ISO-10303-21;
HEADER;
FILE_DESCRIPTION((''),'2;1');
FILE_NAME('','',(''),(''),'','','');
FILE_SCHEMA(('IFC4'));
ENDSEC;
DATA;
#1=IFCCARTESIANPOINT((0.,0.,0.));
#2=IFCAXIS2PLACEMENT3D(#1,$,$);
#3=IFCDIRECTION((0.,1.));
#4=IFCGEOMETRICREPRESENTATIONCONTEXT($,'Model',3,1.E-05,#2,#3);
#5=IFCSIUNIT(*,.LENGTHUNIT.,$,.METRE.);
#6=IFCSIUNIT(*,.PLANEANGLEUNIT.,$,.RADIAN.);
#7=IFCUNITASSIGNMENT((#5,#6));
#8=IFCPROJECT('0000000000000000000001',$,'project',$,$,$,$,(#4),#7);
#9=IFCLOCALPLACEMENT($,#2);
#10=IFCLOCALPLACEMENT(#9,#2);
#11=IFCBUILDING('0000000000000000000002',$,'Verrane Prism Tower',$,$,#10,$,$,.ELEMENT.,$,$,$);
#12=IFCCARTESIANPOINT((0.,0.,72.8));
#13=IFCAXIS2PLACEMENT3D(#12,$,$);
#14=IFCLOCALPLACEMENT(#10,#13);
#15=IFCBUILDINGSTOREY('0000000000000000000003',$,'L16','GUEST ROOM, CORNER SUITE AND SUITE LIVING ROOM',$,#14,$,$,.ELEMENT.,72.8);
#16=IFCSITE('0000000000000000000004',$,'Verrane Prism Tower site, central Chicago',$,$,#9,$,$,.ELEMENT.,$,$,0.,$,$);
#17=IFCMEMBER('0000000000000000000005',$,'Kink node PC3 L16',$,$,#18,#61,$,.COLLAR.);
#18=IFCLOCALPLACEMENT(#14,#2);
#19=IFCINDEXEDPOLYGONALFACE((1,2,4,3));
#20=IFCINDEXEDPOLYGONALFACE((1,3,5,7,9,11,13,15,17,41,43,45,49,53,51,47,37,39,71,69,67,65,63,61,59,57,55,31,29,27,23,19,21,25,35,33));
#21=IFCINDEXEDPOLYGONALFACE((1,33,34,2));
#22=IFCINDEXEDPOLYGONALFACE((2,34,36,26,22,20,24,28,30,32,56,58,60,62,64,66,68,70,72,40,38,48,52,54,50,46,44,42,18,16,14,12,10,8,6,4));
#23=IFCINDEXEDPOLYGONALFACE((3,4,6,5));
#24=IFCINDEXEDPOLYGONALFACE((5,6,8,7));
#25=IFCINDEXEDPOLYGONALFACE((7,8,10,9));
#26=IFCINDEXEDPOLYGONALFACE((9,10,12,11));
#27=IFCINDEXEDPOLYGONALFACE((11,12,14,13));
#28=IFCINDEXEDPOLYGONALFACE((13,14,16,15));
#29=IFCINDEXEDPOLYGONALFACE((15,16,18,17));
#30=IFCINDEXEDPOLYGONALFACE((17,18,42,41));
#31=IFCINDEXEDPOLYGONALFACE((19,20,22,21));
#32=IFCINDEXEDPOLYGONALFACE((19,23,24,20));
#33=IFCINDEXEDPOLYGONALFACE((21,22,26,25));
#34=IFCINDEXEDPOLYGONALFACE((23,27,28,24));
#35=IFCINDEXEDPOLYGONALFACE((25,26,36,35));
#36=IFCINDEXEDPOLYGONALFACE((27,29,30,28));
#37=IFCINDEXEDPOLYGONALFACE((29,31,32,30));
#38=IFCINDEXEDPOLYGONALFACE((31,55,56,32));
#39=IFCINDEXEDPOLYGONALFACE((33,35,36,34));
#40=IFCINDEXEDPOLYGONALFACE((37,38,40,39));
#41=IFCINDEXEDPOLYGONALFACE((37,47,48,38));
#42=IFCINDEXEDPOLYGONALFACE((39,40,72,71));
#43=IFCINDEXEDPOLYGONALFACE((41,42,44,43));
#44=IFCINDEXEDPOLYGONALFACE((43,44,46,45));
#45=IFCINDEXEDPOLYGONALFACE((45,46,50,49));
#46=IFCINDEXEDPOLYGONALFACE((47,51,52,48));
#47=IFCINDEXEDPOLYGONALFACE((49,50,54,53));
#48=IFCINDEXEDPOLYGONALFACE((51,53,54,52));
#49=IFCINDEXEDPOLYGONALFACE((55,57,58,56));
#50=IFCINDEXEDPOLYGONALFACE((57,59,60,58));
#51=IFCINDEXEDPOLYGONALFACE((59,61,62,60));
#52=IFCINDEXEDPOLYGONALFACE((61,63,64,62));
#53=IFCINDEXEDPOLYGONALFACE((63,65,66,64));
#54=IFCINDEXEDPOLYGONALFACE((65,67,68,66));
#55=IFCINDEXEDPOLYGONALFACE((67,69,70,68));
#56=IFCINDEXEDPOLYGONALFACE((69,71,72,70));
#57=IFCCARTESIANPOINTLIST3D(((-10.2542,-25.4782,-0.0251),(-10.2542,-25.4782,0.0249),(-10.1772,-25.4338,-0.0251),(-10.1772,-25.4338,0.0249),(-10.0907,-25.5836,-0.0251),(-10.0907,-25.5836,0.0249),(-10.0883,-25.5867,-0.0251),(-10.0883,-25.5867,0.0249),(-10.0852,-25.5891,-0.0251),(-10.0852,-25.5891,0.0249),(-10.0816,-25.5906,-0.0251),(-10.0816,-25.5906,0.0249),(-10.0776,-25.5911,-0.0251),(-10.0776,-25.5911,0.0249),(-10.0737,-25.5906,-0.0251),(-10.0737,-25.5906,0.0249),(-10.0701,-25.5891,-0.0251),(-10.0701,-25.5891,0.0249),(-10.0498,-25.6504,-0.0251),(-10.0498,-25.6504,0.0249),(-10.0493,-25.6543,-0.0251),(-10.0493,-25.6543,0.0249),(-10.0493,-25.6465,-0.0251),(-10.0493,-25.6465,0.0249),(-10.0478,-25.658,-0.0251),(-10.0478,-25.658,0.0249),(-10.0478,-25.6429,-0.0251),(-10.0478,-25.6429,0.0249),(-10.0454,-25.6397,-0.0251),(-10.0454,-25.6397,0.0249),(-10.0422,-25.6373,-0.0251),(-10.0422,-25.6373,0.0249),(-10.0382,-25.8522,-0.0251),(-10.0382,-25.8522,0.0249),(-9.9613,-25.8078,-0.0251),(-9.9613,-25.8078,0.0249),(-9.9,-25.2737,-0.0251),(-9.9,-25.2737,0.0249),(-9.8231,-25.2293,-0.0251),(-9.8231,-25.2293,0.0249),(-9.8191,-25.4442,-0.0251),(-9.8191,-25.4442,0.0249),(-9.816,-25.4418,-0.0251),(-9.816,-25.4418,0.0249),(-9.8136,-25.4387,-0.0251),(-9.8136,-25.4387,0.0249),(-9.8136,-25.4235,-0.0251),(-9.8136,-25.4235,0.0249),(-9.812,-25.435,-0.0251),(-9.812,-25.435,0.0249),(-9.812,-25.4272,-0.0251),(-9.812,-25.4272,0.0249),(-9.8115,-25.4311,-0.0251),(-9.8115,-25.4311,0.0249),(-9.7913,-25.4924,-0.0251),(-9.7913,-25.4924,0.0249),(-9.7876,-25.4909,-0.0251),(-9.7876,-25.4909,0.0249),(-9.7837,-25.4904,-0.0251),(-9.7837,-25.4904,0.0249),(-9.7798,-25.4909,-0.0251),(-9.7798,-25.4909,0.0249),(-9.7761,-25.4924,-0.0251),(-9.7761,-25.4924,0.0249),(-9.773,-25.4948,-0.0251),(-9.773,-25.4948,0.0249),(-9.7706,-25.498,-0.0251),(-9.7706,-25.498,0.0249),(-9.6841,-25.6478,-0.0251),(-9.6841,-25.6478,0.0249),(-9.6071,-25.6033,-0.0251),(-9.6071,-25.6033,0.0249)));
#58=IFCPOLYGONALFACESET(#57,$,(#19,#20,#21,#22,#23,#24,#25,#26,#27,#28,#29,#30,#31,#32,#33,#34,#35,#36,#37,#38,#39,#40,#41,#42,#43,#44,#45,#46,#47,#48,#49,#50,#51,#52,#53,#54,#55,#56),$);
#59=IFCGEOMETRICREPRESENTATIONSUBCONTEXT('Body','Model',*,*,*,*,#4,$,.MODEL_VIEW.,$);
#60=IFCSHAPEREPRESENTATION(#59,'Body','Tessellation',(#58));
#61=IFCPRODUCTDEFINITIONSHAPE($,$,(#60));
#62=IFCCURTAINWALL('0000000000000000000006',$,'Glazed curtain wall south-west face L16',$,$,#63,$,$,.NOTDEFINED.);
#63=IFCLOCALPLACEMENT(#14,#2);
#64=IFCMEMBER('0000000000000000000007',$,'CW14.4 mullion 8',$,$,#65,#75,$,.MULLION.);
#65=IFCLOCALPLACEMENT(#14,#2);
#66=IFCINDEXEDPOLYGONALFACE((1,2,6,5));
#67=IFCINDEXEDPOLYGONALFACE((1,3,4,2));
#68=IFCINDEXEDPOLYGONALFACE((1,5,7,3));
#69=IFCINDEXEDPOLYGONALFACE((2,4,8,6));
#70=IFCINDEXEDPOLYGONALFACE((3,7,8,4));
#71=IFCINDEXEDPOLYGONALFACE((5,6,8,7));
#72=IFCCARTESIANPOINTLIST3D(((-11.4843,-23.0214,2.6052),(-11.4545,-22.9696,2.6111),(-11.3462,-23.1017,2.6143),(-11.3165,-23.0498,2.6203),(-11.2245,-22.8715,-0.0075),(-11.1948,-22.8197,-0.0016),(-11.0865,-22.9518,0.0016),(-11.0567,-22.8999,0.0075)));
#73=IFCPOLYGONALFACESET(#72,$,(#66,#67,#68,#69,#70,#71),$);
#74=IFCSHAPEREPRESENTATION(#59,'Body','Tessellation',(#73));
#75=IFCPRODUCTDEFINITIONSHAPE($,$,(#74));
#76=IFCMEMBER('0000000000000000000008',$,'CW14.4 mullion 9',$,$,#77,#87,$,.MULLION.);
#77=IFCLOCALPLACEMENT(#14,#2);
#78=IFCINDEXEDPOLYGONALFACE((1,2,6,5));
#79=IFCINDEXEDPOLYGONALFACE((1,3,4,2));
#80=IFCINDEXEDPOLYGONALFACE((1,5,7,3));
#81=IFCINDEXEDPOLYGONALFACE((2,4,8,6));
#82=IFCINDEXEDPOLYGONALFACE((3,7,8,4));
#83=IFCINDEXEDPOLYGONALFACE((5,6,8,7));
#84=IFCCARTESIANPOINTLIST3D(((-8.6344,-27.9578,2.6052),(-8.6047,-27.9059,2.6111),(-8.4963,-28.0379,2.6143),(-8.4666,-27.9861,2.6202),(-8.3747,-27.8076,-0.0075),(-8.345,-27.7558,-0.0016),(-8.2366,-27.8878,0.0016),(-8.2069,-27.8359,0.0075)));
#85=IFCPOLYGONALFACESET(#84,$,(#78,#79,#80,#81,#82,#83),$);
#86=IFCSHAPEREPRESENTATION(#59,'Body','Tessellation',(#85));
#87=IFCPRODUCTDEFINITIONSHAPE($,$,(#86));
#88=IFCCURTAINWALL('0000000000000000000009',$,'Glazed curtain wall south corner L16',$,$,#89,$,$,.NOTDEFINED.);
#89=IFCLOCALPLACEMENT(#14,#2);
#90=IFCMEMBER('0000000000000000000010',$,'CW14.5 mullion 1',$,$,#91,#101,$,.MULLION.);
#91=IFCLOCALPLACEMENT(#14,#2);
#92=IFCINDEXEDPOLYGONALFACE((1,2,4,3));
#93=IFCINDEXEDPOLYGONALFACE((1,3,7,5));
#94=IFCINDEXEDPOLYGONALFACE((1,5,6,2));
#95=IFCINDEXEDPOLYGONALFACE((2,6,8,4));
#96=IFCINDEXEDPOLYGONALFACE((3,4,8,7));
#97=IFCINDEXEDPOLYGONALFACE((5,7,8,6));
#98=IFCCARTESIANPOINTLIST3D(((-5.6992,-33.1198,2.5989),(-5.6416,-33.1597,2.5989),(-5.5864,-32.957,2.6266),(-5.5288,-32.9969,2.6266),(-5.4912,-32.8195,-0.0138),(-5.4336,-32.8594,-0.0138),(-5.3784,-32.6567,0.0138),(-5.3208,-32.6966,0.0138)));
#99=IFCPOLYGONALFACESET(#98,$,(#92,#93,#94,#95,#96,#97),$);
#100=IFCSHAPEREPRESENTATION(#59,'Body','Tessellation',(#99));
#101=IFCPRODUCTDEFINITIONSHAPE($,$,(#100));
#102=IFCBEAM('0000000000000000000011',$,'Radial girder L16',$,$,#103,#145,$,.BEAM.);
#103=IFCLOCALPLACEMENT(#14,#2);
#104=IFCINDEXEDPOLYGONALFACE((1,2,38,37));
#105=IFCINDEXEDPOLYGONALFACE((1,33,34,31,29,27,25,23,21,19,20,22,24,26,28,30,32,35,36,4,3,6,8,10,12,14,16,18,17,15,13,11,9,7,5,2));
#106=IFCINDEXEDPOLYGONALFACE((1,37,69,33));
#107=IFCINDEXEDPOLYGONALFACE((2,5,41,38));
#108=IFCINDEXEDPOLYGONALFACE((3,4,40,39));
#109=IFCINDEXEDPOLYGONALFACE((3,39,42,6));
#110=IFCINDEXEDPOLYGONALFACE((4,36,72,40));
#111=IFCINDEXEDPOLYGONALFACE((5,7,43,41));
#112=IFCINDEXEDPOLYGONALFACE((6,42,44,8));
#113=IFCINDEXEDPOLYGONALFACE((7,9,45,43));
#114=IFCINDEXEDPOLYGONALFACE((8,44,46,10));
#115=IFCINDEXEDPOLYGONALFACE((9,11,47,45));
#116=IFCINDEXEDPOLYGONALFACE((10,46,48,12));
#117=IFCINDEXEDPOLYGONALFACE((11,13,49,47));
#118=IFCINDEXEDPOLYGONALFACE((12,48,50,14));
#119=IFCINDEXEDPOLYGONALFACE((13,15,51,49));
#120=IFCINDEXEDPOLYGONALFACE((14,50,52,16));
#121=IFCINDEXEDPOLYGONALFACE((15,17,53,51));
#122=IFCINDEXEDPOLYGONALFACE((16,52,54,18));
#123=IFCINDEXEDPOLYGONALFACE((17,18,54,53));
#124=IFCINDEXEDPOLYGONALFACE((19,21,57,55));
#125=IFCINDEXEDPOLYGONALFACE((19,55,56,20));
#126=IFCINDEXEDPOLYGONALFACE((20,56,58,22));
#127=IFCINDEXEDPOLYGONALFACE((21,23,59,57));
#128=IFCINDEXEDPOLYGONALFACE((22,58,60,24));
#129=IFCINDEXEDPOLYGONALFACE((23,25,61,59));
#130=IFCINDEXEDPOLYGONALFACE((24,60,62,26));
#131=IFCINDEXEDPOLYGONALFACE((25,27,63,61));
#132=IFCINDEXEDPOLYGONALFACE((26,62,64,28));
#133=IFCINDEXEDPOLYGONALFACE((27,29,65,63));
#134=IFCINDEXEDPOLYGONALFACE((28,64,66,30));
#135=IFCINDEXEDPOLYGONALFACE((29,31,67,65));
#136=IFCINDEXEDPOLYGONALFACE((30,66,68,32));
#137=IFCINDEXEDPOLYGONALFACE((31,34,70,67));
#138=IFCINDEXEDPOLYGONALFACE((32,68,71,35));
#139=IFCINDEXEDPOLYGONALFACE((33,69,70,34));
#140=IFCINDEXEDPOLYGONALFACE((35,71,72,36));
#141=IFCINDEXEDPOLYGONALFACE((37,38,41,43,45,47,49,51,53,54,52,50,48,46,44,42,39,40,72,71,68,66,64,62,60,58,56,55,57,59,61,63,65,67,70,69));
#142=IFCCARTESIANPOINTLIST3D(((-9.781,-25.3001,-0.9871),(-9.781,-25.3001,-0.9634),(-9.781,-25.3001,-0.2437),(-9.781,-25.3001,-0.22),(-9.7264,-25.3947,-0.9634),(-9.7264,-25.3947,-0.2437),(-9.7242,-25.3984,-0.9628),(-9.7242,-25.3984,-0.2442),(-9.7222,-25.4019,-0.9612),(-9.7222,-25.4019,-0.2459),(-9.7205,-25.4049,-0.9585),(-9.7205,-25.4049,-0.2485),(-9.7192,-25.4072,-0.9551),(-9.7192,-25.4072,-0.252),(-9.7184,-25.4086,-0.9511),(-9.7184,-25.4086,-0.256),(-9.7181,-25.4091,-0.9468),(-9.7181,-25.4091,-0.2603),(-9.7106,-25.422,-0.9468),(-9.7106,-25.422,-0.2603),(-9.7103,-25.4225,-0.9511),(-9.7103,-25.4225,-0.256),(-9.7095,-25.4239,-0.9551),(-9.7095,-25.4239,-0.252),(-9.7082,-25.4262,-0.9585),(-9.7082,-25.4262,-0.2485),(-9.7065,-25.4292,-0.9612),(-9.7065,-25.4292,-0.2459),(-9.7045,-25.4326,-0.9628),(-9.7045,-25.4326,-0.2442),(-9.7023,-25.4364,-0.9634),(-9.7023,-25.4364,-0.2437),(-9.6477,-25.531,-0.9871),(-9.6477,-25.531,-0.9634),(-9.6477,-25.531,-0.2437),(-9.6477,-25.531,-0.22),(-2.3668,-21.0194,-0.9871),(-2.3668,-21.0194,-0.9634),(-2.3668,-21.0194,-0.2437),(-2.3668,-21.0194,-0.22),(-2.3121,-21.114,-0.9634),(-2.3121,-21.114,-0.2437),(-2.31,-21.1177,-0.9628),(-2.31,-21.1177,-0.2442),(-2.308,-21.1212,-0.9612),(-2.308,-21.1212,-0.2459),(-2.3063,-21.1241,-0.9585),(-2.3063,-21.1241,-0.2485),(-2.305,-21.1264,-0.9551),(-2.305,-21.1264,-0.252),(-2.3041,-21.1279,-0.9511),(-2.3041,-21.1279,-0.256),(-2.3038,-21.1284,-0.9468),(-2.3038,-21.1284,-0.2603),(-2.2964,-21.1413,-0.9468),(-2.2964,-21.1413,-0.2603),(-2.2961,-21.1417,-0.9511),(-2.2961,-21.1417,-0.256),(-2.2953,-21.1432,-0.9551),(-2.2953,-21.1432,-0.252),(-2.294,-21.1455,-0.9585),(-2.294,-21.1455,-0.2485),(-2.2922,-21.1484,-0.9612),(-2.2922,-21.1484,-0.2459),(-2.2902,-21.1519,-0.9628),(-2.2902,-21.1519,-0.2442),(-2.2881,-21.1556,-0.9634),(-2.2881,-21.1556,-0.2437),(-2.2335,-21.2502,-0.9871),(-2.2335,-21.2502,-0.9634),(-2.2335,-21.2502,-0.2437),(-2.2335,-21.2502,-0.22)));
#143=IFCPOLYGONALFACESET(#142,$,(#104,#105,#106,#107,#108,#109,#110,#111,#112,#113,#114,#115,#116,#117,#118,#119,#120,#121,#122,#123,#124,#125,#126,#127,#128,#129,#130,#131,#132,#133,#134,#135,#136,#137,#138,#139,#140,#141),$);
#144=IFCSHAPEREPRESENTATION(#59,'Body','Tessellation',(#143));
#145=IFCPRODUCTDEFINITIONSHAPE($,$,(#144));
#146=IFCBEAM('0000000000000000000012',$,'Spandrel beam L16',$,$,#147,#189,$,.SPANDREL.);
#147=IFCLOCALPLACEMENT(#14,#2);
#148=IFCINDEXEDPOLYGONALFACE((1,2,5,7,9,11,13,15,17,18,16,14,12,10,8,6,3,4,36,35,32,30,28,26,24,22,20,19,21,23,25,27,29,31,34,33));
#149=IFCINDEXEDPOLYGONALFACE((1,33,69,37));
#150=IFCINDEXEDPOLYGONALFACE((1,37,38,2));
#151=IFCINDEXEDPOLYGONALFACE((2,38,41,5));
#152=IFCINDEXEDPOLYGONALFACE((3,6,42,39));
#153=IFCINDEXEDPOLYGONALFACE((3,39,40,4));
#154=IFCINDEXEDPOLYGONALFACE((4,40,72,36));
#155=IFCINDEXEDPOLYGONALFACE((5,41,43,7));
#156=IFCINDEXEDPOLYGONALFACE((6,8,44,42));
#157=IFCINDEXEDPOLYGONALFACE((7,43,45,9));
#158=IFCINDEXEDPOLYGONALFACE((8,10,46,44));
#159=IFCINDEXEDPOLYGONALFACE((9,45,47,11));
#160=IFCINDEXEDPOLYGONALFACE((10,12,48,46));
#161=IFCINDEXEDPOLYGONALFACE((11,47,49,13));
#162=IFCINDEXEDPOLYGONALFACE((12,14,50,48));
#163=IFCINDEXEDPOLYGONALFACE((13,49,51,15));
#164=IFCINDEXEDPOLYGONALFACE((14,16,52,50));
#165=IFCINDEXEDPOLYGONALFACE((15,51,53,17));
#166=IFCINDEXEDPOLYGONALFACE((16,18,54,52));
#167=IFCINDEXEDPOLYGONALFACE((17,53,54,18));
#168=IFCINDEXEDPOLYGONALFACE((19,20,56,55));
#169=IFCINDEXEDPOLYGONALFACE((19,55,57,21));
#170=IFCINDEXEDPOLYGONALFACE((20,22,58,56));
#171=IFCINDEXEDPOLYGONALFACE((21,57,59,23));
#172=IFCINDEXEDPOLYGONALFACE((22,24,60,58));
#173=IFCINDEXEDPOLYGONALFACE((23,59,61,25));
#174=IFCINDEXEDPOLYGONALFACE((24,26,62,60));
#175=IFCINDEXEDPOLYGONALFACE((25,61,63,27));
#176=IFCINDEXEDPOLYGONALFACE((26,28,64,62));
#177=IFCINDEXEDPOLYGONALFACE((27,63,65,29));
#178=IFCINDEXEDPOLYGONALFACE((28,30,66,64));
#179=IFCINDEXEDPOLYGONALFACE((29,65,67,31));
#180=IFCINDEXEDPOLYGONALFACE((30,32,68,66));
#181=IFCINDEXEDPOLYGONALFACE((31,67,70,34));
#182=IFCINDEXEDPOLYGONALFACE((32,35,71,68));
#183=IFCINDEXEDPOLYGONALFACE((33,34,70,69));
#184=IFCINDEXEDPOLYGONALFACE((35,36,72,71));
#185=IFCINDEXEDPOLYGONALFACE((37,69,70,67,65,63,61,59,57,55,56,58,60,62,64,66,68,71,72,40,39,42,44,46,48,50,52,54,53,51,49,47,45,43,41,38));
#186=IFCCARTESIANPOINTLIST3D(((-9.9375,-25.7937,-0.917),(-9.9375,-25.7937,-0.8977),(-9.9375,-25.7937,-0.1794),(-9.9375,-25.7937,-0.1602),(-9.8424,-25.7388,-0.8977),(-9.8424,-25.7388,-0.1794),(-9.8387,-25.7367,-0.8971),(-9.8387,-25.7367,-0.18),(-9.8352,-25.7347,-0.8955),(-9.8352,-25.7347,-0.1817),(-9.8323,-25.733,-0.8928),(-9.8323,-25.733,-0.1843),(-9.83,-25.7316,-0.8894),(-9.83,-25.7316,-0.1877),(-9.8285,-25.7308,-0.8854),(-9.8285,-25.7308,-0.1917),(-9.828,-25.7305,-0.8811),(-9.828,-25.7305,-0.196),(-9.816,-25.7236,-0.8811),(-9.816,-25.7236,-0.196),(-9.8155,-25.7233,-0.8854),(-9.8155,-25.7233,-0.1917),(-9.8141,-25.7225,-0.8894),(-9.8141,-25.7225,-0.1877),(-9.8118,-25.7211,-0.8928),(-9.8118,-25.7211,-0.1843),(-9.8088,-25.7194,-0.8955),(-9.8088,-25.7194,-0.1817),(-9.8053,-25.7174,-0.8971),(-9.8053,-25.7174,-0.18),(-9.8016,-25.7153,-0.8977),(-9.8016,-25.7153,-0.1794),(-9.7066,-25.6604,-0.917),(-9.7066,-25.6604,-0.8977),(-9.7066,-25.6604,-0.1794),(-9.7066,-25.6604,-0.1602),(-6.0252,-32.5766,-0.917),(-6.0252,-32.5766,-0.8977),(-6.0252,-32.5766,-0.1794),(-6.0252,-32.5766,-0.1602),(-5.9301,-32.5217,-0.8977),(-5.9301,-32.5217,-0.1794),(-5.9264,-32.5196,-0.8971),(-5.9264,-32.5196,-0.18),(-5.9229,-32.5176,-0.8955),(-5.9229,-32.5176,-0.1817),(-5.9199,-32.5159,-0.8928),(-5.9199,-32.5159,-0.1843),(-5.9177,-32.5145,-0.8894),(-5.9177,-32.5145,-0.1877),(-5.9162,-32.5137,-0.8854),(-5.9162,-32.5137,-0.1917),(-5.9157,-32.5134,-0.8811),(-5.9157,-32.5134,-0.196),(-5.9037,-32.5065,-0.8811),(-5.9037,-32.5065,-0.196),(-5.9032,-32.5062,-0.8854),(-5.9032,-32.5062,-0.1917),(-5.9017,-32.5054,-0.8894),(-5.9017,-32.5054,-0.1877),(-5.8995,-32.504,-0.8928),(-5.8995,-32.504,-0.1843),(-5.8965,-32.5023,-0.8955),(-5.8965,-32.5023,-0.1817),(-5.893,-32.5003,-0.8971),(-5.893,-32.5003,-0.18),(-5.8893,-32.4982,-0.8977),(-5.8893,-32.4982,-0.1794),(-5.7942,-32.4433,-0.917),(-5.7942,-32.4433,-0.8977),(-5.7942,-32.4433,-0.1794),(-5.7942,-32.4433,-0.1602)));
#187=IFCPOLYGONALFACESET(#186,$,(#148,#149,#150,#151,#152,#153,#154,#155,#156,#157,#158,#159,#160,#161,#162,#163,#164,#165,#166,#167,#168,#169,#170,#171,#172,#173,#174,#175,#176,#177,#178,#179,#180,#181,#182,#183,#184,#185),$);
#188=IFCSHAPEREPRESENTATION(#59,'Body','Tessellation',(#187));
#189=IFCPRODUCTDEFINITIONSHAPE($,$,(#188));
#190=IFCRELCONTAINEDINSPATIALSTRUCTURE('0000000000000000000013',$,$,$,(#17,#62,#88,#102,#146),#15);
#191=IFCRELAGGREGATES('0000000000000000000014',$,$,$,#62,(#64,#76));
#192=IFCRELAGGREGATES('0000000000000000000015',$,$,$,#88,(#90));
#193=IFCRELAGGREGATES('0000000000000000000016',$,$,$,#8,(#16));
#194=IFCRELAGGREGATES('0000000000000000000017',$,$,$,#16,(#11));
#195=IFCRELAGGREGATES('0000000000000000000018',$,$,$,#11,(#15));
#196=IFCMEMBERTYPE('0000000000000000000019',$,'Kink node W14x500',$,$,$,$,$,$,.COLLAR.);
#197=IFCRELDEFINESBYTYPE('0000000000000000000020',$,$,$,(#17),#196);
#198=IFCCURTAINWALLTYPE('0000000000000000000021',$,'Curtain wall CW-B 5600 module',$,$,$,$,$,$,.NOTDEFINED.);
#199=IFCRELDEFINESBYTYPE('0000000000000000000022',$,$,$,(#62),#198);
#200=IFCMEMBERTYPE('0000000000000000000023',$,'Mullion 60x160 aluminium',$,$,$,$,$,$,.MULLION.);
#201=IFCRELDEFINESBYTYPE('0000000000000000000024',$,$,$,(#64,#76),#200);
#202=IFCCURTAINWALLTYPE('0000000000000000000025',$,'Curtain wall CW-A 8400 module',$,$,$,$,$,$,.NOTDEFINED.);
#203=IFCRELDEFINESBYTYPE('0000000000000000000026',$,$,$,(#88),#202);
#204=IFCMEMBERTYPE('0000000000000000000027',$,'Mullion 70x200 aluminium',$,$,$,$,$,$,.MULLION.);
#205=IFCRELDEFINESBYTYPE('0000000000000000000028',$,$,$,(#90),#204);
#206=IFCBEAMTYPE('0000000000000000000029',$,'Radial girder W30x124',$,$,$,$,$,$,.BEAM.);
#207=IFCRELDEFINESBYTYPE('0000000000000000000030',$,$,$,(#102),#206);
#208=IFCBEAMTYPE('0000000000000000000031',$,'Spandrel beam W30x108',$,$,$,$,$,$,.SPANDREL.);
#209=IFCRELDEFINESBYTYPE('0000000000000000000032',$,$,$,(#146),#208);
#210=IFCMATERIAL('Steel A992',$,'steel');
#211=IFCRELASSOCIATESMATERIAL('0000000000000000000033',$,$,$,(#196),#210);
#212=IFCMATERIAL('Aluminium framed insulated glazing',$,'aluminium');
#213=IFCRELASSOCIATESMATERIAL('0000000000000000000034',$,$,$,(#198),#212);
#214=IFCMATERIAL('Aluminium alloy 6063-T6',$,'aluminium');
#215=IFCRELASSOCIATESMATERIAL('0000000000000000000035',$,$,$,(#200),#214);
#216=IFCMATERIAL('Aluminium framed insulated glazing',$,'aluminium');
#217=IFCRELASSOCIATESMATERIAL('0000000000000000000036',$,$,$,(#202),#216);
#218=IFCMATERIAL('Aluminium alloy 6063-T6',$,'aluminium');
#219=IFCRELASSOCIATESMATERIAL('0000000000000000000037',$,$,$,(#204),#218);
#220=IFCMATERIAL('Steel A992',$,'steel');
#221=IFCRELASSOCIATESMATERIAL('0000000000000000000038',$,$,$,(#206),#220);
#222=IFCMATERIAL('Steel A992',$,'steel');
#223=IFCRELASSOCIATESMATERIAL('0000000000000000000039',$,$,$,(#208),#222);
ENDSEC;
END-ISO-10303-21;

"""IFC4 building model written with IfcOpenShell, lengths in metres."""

from ifc_helpers import new_model, si_unit, direction, frame, origin, origin_2d, place, context, subcontext, project, spatial, rectangle, i_section, extrude, material, material_profile, profile_set, type_object, element, aggregate, save


model = new_model("IFC4")

# Units and contexts
model_context = context("Model", 3, precision=1e-05, world=origin(), true_north=direction((0.0, 1.0)))
body_context = subcontext(model_context, "Body", "Model", "MODEL_VIEW")
ifc_project = project(units=[si_unit("LENGTHUNIT", "METRE"), si_unit("PLANEANGLEUNIT", "RADIAN")], contexts=[model_context])

# Site, building, storey
site_placement = place(None, origin())
site = spatial("IfcSite", under=ifc_project, at=site_placement, Name="Verrane Prism Tower site, central Chicago", CompositionType="ELEMENT", RefElevation=0.0)
building_placement = place(site_placement, origin())
building = spatial("IfcBuilding", under=site, at=building_placement, Name="Verrane Prism Tower", CompositionType="ELEMENT")
storey_placement = place(building_placement, frame((0.0, 0.0, 72.8)))
storey = spatial("IfcBuildingStorey", under=building, at=storey_placement, Name="L16", Description="GUEST ROOM, CORNER SUITE AND SUITE LIVING ROOM", CompositionType="ELEMENT", Elevation=72.8)

# Member
ifc_material_1 = material(Name="Steel A992", Category="steel")
ifc_material_profile_1 = material_profile(ifc_material_1, i_section(OverallWidth=0.4319, OverallDepth=0.4978, WebThickness=0.0557, FlangeThickness=0.0889, FilletRadius=0.0151, at=origin_2d()), Name="W14x500")
ifc_profile_set_1 = profile_set([ifc_material_profile_1], Name="Steel A992")
member_type_1 = type_object("IfcMemberType", Name="Kink node W14x500", PredefinedType="COLLAR", material=ifc_profile_set_1)
member_1_placement = place(storey_placement, frame((-9.9307, -25.5408, -0.0251), z_axis=(0.0, 0.0, 1.0), x_axis=(-0.5, 0.866025, 0.0)))
element("IfcMember", 1, at=member_1_placement, inside=storey, type_object=member_type_1, Name="Kink node PC3 L16", PredefinedType="COLLAR", context=body_context, shape_type="SweptSolid", body=[
    extrude(i_section(OverallWidth=0.4319, OverallDepth=0.4978, WebThickness=0.0557, FlangeThickness=0.0889, FilletRadius=0.0151, at=origin_2d()), origin(), (0.0, 0.0, 1.0), 0.05),
])

# Curtain wall, members
ifc_material_2 = material(Name="Aluminium framed insulated glazing", Category="aluminium")
curtain_wall_type_1 = type_object("IfcCurtainWallType", Name="Curtain wall CW-B 5600 module", PredefinedType="NOTDEFINED", material=ifc_material_2)
curtain_wall_1_placement = place(storey_placement, origin())
curtain_wall_1 = element("IfcCurtainWall", 2, at=curtain_wall_1_placement, inside=storey, type_object=curtain_wall_type_1, Name="Glazed curtain wall south-west face L16", PredefinedType="NOTDEFINED")
ifc_material_3 = material(Name="Aluminium alloy 6063-T6", Category="aluminium")
ifc_material_profile_2 = material_profile(ifc_material_3, rectangle(XDim=0.1599, YDim=0.0601, at=origin_2d()), Name="Mullion 60x160 aluminium")
ifc_profile_set_2 = profile_set([ifc_material_profile_2], Name="Aluminium alloy 6063-T6")
member_type_2 = type_object("IfcMemberType", Name="Mullion 60x160 aluminium", PredefinedType="MULLION", material=ifc_profile_set_2)
member_2_placement = place(storey_placement, frame((-11.1406, -22.8857, 0.0), z_axis=(-0.098772, -0.056998, 0.993476), x_axis=(0.863094, -0.501814, 0.057019)))
member_2 = element("IfcMember", 3, at=member_2_placement, type_object=member_type_2, Name="CW14.4 mullion 8", PredefinedType="MULLION", context=body_context, shape_type="SweptSolid", body=[
    extrude(rectangle(XDim=0.1599, YDim=0.0601, at=origin_2d()), origin(), (0.0, 0.0, 1.0), 2.6299),
])
member_3_placement = place(storey_placement, frame((-8.2908, -27.8218, 0.0), z_axis=(-0.098772, -0.057091, 0.993471), x_axis=(0.863446, -0.501207, 0.057042)))
member_3 = element("IfcMember", 4, at=member_3_placement, type_object=member_type_2, Name="CW14.4 mullion 9", PredefinedType="MULLION", context=body_context, shape_type="SweptSolid", body=[
    extrude(rectangle(XDim=0.1599, YDim=0.0601, at=origin_2d()), origin(), (0.0, 0.0, 1.0), 2.6299),
])

# Curtain wall, member
ifc_material_4 = material(Name="Aluminium framed insulated glazing", Category="aluminium")
curtain_wall_type_2 = type_object("IfcCurtainWallType", Name="Curtain wall CW-A 8400 module", PredefinedType="NOTDEFINED", material=ifc_material_4)
curtain_wall_2_placement = place(storey_placement, origin())
curtain_wall_2 = element("IfcCurtainWall", 5, at=curtain_wall_2_placement, inside=storey, type_object=curtain_wall_type_2, Name="Glazed curtain wall south corner L16", PredefinedType="NOTDEFINED")
ifc_material_5 = material(Name="Aluminium alloy 6063-T6", Category="aluminium")
ifc_material_profile_3 = material_profile(ifc_material_5, rectangle(XDim=0.2, YDim=0.0701, at=origin_2d()), Name="Mullion 70x200 aluminium")
ifc_profile_set_3 = profile_set([ifc_material_profile_3], Name="Aluminium alloy 6063-T6")
member_type_3 = type_object("IfcMemberType", Name="Mullion 70x200 aluminium", PredefinedType="MULLION", material=ifc_profile_set_3)
member_4_placement = place(storey_placement, frame((-5.406, -32.7581, 0.0), z_axis=(-0.078844, -0.113825, 0.990367), x_axis=(0.563933, 0.814129, 0.138465)))
member_4 = element("IfcMember", 6, at=member_4_placement, type_object=member_type_3, Name="CW14.5 mullion 1", PredefinedType="MULLION", context=body_context, shape_type="SweptSolid", body=[
    extrude(rectangle(XDim=0.2, YDim=0.0701, at=origin_2d()), origin(), (0.0, 0.0, 1.0), 2.6382),
])

# Beams
ifc_material_6 = material(Name="Steel A992", Category="steel")
ifc_material_profile_4 = material_profile(ifc_material_6, i_section(OverallWidth=0.2666, OverallDepth=0.7671, WebThickness=0.0149, FlangeThickness=0.0237, FilletRadius=0.0166, at=origin_2d()), Name="W30x124")
ifc_profile_set_4 = profile_set([ifc_material_profile_4], Name="Steel A992")
beam_type_1 = type_object("IfcBeamType", Name="Radial girder W30x124", PredefinedType="BEAM", material=ifc_profile_set_4)
beam_1_placement = place(storey_placement, frame((-9.7144, -25.4155, -0.6035), z_axis=(0.86602, 0.50001, 0.0), x_axis=(-0.50001, 0.86602, 0.0)))
element("IfcBeam", 7, at=beam_1_placement, inside=storey, type_object=beam_type_1, Name="Radial girder L16", PredefinedType="BEAM", context=body_context, shape_type="SweptSolid", body=[
    extrude(i_section(OverallWidth=0.2666, OverallDepth=0.7671, WebThickness=0.0149, FlangeThickness=0.0237, FilletRadius=0.0166, at=origin_2d()), origin(), (0.0, 0.0, 1.0), 8.5613),
])
ifc_material_7 = material(Name="Steel A992", Category="steel")
ifc_material_profile_5 = material_profile(ifc_material_7, i_section(OverallWidth=0.2666, OverallDepth=0.7568, WebThickness=0.0139, FlangeThickness=0.0193, FilletRadius=0.0166, at=origin_2d()), Name="W30x108")
ifc_profile_set_5 = profile_set([ifc_material_profile_5], Name="Steel A992")
beam_type_2 = type_object("IfcBeamType", Name="Spandrel beam W30x108", PredefinedType="SPANDREL", material=ifc_profile_set_5)
beam_2_placement = place(storey_placement, frame((-9.822, -25.7271, -0.5386), z_axis=(0.499637, -0.866235, 0.0), x_axis=(0.866235, 0.499637, 0.0)))
element("IfcBeam", 8, at=beam_2_placement, inside=storey, type_object=beam_type_2, Name="Spandrel beam L16", PredefinedType="SPANDREL", context=body_context, shape_type="SweptSolid", body=[
    extrude(i_section(OverallWidth=0.2666, OverallDepth=0.7568, WebThickness=0.0139, FlangeThickness=0.0193, FilletRadius=0.0166, at=origin_2d()), origin(), (0.0, 0.0, 1.0), 7.8303),
])

aggregate(curtain_wall_1, [member_2, member_3])
aggregate(curtain_wall_2, [member_4])

save(model, "model.ifc")
